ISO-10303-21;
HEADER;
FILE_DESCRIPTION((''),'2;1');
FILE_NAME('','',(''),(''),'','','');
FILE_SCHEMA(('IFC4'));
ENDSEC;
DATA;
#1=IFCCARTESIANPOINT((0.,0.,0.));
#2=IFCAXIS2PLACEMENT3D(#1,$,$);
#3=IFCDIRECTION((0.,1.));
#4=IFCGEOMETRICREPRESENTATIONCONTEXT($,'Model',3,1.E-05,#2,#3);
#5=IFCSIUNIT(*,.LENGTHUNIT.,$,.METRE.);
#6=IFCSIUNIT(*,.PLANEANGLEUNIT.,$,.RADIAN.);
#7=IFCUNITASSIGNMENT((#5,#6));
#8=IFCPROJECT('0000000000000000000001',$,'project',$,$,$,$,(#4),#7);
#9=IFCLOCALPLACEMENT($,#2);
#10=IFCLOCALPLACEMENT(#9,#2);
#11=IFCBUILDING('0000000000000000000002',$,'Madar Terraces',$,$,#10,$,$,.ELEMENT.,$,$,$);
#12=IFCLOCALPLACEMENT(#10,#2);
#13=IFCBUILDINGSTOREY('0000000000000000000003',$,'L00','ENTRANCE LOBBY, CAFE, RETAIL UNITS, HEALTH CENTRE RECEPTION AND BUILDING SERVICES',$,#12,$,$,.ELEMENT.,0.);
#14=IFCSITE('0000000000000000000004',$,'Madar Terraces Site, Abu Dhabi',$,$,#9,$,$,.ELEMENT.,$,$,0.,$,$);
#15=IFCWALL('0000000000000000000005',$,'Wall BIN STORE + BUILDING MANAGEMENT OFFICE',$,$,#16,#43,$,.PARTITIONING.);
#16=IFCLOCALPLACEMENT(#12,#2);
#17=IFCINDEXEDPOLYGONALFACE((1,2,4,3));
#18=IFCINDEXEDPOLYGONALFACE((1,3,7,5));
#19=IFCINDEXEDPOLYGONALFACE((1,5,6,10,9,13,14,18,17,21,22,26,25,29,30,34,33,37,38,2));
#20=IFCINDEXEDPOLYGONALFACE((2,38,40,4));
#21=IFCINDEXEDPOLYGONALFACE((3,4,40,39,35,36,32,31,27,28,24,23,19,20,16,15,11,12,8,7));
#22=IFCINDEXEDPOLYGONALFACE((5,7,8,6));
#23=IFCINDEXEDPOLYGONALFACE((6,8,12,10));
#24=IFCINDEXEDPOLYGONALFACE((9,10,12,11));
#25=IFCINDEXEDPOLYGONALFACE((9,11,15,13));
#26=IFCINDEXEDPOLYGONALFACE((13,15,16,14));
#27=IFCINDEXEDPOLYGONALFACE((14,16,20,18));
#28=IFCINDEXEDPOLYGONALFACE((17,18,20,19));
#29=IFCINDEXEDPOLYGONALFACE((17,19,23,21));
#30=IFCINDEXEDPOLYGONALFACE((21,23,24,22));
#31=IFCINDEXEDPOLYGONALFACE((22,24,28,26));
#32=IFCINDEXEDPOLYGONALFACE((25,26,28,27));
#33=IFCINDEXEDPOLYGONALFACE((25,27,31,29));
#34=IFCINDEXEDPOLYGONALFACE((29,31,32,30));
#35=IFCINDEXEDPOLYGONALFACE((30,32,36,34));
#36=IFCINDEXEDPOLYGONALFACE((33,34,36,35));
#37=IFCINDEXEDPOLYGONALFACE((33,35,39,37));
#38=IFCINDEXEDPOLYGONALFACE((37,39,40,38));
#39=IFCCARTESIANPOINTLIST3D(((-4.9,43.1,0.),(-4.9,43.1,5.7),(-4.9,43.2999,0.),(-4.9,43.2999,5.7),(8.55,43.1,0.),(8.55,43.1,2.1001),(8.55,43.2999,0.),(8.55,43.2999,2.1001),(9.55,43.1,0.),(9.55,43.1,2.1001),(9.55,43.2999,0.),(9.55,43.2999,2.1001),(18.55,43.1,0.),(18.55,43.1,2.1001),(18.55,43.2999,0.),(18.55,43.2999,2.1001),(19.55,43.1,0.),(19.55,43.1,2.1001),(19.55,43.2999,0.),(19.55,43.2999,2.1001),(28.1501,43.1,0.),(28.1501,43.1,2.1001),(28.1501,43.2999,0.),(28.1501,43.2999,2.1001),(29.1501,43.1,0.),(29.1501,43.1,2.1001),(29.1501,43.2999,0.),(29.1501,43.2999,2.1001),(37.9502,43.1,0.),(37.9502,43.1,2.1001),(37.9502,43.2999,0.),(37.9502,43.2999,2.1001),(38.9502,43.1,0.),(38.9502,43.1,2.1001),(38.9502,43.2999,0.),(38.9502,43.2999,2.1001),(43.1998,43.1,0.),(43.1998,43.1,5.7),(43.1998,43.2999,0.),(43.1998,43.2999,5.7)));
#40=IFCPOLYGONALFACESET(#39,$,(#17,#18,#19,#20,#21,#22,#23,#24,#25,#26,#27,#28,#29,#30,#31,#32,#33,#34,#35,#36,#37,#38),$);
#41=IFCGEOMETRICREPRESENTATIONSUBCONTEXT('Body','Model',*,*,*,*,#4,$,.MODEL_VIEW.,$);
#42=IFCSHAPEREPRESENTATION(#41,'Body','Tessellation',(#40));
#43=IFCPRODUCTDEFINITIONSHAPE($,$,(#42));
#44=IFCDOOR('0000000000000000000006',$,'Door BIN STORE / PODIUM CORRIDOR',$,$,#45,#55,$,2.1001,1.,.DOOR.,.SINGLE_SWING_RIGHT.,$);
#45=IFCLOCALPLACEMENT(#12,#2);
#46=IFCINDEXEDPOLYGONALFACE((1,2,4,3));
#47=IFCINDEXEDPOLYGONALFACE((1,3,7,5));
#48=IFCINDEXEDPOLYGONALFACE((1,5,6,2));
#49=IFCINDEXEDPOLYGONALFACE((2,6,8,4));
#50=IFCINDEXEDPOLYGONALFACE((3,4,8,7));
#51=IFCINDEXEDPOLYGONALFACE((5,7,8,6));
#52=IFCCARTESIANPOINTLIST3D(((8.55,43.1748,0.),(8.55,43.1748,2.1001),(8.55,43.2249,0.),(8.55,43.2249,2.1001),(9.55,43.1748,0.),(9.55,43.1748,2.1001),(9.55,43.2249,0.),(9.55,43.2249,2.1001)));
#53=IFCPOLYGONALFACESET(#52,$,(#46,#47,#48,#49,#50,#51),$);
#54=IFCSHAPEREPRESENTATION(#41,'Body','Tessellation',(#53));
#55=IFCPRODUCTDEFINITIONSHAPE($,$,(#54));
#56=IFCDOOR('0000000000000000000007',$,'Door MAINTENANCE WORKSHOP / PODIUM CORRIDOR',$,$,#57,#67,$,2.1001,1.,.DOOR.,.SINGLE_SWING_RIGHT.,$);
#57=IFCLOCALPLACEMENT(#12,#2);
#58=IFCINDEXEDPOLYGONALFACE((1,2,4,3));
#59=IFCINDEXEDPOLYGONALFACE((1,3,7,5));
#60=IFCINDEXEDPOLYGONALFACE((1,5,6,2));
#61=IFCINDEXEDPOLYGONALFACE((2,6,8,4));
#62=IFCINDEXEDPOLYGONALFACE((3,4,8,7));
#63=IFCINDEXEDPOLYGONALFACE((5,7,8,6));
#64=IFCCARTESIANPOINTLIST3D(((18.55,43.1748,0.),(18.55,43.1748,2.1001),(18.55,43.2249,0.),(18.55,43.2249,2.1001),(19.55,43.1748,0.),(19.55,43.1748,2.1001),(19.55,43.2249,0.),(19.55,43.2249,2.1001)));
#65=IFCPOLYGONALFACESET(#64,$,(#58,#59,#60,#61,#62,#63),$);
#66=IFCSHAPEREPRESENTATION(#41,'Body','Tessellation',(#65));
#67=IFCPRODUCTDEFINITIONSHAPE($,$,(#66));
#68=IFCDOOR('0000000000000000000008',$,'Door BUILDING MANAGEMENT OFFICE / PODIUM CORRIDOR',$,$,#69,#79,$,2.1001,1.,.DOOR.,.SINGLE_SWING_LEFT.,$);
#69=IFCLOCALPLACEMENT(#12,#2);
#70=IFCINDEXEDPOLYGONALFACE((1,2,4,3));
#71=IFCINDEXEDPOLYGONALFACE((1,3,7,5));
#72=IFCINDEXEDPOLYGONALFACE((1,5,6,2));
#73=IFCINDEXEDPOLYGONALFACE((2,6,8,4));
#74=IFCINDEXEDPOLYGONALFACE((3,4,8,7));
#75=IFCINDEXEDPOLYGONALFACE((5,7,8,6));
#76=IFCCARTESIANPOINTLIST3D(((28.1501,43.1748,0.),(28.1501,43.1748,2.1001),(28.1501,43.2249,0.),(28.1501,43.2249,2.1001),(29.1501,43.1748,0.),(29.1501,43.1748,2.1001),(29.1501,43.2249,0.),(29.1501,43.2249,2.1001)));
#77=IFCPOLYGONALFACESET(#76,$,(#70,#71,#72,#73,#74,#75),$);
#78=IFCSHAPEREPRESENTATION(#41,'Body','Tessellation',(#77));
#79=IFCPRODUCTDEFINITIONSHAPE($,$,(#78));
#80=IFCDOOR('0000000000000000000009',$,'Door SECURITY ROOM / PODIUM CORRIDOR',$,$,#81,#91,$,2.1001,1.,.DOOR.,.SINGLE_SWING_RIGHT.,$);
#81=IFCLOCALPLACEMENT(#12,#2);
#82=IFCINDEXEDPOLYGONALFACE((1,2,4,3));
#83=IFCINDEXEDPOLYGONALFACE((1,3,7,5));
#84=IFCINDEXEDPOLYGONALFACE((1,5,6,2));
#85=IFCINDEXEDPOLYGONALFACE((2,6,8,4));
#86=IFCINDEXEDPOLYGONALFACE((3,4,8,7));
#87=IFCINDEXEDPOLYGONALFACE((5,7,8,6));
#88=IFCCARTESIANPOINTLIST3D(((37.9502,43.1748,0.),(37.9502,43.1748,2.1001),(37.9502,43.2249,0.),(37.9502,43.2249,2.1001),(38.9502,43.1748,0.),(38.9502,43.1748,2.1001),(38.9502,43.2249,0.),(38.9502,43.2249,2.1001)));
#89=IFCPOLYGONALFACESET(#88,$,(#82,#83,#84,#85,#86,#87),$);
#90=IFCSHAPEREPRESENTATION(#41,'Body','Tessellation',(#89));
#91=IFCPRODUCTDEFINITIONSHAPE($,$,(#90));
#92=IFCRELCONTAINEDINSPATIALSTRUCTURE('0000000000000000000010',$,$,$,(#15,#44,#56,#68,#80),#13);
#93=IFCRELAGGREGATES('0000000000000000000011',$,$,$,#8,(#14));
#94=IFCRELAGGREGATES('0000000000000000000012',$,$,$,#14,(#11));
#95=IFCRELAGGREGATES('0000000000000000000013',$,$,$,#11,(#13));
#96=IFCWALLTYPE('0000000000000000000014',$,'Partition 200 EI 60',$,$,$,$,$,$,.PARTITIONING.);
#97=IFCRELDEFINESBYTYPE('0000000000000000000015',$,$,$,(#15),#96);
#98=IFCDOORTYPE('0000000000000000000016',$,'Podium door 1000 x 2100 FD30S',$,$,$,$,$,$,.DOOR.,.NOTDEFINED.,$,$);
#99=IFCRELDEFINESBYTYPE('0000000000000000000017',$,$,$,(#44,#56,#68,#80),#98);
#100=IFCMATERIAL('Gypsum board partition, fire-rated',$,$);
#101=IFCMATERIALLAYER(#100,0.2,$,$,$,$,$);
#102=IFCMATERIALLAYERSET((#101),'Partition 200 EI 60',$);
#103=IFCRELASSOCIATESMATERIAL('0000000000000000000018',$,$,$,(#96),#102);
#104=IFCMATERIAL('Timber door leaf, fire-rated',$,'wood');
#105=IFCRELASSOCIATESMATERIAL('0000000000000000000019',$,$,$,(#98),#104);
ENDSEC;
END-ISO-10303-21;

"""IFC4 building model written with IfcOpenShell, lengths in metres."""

from ifc_helpers import new_model, si_unit, direction, frame, frame_2d, origin, place, context, subcontext, project, spatial, rectangle, extrude, material, layer, layer_set, type_object, element, fill, save


model = new_model("IFC4")

# Units and contexts
model_context = context("Model", 3, precision=1e-05, world=origin(), true_north=direction((0.0, 1.0)))
body_context = subcontext(model_context, "Body", "Model", "MODEL_VIEW")
ifc_project = project(units=[si_unit("LENGTHUNIT", "METRE"), si_unit("PLANEANGLEUNIT", "RADIAN")], contexts=[model_context])

# Site, building, storey
site_placement = place(None, origin())
site = spatial("IfcSite", under=ifc_project, at=site_placement, Name="Madar Terraces Site, Abu Dhabi", CompositionType="ELEMENT", RefElevation=0.0)
building_placement = place(site_placement, origin())
building = spatial("IfcBuilding", under=site, at=building_placement, Name="Madar Terraces", CompositionType="ELEMENT")
storey_placement = place(building_placement, origin())
storey = spatial("IfcBuildingStorey", under=building, at=storey_placement, Name="L00", Description="ENTRANCE LOBBY, CAFE, RETAIL UNITS, HEALTH CENTRE RECEPTION AND BUILDING SERVICES", CompositionType="ELEMENT", Elevation=0.0)

# Wall, openings, doors
ifc_material_1 = material(Name="Gypsum board partition, fire-rated")
ifc_layer_1 = layer(ifc_material_1, 0.2)
ifc_layer_set_1 = layer_set([ifc_layer_1], Name="Partition 200 EI 60")
wall_type_1 = type_object("IfcWallType", Name="Partition 200 EI 60", PredefinedType="PARTITIONING", material=ifc_layer_set_1)
wall_1_placement = place(storey_placement, frame((-4.8999, 43.2, 0.0), z_axis=(0.0, 0.0, 1.0), x_axis=(1.0, 0.0, 0.0)))
wall_1 = element("IfcWall", 1, at=wall_1_placement, inside=storey, type_object=wall_type_1, Name="Wall BIN STORE + BUILDING MANAGEMENT OFFICE", PredefinedType="PARTITIONING", context=body_context, shape_type="SweptSolid", body=[
    extrude(rectangle(XDim=48.0999, YDim=0.2, at=frame_2d((24.0498, 0.0))), origin(), (0.0, 0.0, 1.0), 5.7),
])
opening_1_placement = place(wall_1_placement, frame((13.45, 0.0, 0.0)))
opening_1 = element("IfcOpeningElement", 2, at=opening_1_placement, cuts=wall_1, PredefinedType="OPENING", context=body_context, shape_type="SweptSolid", body=[
    extrude(rectangle(XDim=1.0, YDim=2.1001, at=frame_2d((0.5, 1.05))), frame((0.0, 0.1099, 0.0), z_axis=(0.0, -1.0, 0.0), x_axis=(1.0, 0.0, 0.0)), (0.0, 0.0, 1.0), 0.22),
])
opening_2_placement = place(wall_1_placement, frame((23.45, 0.0, 0.0)))
opening_2 = element("IfcOpeningElement", 3, at=opening_2_placement, cuts=wall_1, PredefinedType="OPENING", context=body_context, shape_type="SweptSolid", body=[
    extrude(rectangle(XDim=1.0, YDim=2.1001, at=frame_2d((0.5, 1.05))), frame((0.0, 0.1099, 0.0), z_axis=(0.0, -1.0, 0.0), x_axis=(1.0, 0.0, 0.0)), (0.0, 0.0, 1.0), 0.22),
])
opening_3_placement = place(wall_1_placement, frame((33.05, 0.0, 0.0)))
opening_3 = element("IfcOpeningElement", 4, at=opening_3_placement, cuts=wall_1, PredefinedType="OPENING", context=body_context, shape_type="SweptSolid", body=[
    extrude(rectangle(XDim=1.0, YDim=2.1001, at=frame_2d((0.5, 1.05))), frame((0.0, 0.1099, 0.0), z_axis=(0.0, -1.0, 0.0), x_axis=(1.0, 0.0, 0.0)), (0.0, 0.0, 1.0), 0.22),
])
opening_4_placement = place(wall_1_placement, frame((42.8501, 0.0, 0.0)))
opening_4 = element("IfcOpeningElement", 5, at=opening_4_placement, cuts=wall_1, PredefinedType="OPENING", context=body_context, shape_type="SweptSolid", body=[
    extrude(rectangle(XDim=1.0, YDim=2.1001, at=frame_2d((0.5, 1.05))), frame((0.0, 0.1099, 0.0), z_axis=(0.0, -1.0, 0.0), x_axis=(1.0, 0.0, 0.0)), (0.0, 0.0, 1.0), 0.22),
])
ifc_material_2 = material(Name="Timber door leaf, fire-rated", Category="wood")
door_type_1 = type_object("IfcDoorType", Name="Podium door 1000 x 2100 FD30S", OperationType="NOTDEFINED", PredefinedType="DOOR", material=ifc_material_2)
door_1_placement = place(opening_1_placement, origin())
door_1 = element("IfcDoor", 6, at=door_1_placement, inside=storey, type_object=door_type_1, Name="Door BIN STORE / PODIUM CORRIDOR", OperationType="SINGLE_SWING_RIGHT", OverallHeight=2.1001, OverallWidth=1.0, PredefinedType="DOOR", context=body_context, shape_type="SweptSolid", body=[
    extrude(rectangle(XDim=1.0, YDim=2.1001, at=frame_2d((0.5, 1.05))), frame((0.0, 0.0249, 0.0), z_axis=(0.0, -1.0, 0.0), x_axis=(1.0, 0.0, 0.0)), (0.0, 0.0, 1.0), 0.05),
])
fill(opening_1, door_1)
door_2_placement = place(opening_2_placement, origin())
door_2 = element("IfcDoor", 7, at=door_2_placement, inside=storey, type_object=door_type_1, Name="Door MAINTENANCE WORKSHOP / PODIUM CORRIDOR", OperationType="SINGLE_SWING_RIGHT", OverallHeight=2.1001, OverallWidth=1.0, PredefinedType="DOOR", context=body_context, shape_type="SweptSolid", body=[
    extrude(rectangle(XDim=1.0, YDim=2.1001, at=frame_2d((0.5, 1.05))), frame((0.0, 0.0249, 0.0), z_axis=(0.0, -1.0, 0.0), x_axis=(1.0, 0.0, 0.0)), (0.0, 0.0, 1.0), 0.05),
])
fill(opening_2, door_2)
door_3_placement = place(opening_3_placement, origin())
door_3 = element("IfcDoor", 8, at=door_3_placement, inside=storey, type_object=door_type_1, Name="Door BUILDING MANAGEMENT OFFICE / PODIUM CORRIDOR", OperationType="SINGLE_SWING_LEFT", OverallHeight=2.1001, OverallWidth=1.0, PredefinedType="DOOR", context=body_context, shape_type="SweptSolid", body=[
    extrude(rectangle(XDim=1.0, YDim=2.1001, at=frame_2d((0.5, 1.05))), frame((0.0, 0.0249, 0.0), z_axis=(0.0, -1.0, 0.0), x_axis=(1.0, 0.0, 0.0)), (0.0, 0.0, 1.0), 0.05),
])
fill(opening_3, door_3)
door_4_placement = place(opening_4_placement, origin())
door_4 = element("IfcDoor", 9, at=door_4_placement, inside=storey, type_object=door_type_1, Name="Door SECURITY ROOM / PODIUM CORRIDOR", OperationType="SINGLE_SWING_RIGHT", OverallHeight=2.1001, OverallWidth=1.0, PredefinedType="DOOR", context=body_context, shape_type="SweptSolid", body=[
    extrude(rectangle(XDim=1.0, YDim=2.1001, at=frame_2d((0.5, 1.05))), frame((0.0, 0.0249, 0.0), z_axis=(0.0, -1.0, 0.0), x_axis=(1.0, 0.0, 0.0)), (0.0, 0.0, 1.0), 0.05),
])
fill(opening_4, door_4)

save(model, "model.ifc")
